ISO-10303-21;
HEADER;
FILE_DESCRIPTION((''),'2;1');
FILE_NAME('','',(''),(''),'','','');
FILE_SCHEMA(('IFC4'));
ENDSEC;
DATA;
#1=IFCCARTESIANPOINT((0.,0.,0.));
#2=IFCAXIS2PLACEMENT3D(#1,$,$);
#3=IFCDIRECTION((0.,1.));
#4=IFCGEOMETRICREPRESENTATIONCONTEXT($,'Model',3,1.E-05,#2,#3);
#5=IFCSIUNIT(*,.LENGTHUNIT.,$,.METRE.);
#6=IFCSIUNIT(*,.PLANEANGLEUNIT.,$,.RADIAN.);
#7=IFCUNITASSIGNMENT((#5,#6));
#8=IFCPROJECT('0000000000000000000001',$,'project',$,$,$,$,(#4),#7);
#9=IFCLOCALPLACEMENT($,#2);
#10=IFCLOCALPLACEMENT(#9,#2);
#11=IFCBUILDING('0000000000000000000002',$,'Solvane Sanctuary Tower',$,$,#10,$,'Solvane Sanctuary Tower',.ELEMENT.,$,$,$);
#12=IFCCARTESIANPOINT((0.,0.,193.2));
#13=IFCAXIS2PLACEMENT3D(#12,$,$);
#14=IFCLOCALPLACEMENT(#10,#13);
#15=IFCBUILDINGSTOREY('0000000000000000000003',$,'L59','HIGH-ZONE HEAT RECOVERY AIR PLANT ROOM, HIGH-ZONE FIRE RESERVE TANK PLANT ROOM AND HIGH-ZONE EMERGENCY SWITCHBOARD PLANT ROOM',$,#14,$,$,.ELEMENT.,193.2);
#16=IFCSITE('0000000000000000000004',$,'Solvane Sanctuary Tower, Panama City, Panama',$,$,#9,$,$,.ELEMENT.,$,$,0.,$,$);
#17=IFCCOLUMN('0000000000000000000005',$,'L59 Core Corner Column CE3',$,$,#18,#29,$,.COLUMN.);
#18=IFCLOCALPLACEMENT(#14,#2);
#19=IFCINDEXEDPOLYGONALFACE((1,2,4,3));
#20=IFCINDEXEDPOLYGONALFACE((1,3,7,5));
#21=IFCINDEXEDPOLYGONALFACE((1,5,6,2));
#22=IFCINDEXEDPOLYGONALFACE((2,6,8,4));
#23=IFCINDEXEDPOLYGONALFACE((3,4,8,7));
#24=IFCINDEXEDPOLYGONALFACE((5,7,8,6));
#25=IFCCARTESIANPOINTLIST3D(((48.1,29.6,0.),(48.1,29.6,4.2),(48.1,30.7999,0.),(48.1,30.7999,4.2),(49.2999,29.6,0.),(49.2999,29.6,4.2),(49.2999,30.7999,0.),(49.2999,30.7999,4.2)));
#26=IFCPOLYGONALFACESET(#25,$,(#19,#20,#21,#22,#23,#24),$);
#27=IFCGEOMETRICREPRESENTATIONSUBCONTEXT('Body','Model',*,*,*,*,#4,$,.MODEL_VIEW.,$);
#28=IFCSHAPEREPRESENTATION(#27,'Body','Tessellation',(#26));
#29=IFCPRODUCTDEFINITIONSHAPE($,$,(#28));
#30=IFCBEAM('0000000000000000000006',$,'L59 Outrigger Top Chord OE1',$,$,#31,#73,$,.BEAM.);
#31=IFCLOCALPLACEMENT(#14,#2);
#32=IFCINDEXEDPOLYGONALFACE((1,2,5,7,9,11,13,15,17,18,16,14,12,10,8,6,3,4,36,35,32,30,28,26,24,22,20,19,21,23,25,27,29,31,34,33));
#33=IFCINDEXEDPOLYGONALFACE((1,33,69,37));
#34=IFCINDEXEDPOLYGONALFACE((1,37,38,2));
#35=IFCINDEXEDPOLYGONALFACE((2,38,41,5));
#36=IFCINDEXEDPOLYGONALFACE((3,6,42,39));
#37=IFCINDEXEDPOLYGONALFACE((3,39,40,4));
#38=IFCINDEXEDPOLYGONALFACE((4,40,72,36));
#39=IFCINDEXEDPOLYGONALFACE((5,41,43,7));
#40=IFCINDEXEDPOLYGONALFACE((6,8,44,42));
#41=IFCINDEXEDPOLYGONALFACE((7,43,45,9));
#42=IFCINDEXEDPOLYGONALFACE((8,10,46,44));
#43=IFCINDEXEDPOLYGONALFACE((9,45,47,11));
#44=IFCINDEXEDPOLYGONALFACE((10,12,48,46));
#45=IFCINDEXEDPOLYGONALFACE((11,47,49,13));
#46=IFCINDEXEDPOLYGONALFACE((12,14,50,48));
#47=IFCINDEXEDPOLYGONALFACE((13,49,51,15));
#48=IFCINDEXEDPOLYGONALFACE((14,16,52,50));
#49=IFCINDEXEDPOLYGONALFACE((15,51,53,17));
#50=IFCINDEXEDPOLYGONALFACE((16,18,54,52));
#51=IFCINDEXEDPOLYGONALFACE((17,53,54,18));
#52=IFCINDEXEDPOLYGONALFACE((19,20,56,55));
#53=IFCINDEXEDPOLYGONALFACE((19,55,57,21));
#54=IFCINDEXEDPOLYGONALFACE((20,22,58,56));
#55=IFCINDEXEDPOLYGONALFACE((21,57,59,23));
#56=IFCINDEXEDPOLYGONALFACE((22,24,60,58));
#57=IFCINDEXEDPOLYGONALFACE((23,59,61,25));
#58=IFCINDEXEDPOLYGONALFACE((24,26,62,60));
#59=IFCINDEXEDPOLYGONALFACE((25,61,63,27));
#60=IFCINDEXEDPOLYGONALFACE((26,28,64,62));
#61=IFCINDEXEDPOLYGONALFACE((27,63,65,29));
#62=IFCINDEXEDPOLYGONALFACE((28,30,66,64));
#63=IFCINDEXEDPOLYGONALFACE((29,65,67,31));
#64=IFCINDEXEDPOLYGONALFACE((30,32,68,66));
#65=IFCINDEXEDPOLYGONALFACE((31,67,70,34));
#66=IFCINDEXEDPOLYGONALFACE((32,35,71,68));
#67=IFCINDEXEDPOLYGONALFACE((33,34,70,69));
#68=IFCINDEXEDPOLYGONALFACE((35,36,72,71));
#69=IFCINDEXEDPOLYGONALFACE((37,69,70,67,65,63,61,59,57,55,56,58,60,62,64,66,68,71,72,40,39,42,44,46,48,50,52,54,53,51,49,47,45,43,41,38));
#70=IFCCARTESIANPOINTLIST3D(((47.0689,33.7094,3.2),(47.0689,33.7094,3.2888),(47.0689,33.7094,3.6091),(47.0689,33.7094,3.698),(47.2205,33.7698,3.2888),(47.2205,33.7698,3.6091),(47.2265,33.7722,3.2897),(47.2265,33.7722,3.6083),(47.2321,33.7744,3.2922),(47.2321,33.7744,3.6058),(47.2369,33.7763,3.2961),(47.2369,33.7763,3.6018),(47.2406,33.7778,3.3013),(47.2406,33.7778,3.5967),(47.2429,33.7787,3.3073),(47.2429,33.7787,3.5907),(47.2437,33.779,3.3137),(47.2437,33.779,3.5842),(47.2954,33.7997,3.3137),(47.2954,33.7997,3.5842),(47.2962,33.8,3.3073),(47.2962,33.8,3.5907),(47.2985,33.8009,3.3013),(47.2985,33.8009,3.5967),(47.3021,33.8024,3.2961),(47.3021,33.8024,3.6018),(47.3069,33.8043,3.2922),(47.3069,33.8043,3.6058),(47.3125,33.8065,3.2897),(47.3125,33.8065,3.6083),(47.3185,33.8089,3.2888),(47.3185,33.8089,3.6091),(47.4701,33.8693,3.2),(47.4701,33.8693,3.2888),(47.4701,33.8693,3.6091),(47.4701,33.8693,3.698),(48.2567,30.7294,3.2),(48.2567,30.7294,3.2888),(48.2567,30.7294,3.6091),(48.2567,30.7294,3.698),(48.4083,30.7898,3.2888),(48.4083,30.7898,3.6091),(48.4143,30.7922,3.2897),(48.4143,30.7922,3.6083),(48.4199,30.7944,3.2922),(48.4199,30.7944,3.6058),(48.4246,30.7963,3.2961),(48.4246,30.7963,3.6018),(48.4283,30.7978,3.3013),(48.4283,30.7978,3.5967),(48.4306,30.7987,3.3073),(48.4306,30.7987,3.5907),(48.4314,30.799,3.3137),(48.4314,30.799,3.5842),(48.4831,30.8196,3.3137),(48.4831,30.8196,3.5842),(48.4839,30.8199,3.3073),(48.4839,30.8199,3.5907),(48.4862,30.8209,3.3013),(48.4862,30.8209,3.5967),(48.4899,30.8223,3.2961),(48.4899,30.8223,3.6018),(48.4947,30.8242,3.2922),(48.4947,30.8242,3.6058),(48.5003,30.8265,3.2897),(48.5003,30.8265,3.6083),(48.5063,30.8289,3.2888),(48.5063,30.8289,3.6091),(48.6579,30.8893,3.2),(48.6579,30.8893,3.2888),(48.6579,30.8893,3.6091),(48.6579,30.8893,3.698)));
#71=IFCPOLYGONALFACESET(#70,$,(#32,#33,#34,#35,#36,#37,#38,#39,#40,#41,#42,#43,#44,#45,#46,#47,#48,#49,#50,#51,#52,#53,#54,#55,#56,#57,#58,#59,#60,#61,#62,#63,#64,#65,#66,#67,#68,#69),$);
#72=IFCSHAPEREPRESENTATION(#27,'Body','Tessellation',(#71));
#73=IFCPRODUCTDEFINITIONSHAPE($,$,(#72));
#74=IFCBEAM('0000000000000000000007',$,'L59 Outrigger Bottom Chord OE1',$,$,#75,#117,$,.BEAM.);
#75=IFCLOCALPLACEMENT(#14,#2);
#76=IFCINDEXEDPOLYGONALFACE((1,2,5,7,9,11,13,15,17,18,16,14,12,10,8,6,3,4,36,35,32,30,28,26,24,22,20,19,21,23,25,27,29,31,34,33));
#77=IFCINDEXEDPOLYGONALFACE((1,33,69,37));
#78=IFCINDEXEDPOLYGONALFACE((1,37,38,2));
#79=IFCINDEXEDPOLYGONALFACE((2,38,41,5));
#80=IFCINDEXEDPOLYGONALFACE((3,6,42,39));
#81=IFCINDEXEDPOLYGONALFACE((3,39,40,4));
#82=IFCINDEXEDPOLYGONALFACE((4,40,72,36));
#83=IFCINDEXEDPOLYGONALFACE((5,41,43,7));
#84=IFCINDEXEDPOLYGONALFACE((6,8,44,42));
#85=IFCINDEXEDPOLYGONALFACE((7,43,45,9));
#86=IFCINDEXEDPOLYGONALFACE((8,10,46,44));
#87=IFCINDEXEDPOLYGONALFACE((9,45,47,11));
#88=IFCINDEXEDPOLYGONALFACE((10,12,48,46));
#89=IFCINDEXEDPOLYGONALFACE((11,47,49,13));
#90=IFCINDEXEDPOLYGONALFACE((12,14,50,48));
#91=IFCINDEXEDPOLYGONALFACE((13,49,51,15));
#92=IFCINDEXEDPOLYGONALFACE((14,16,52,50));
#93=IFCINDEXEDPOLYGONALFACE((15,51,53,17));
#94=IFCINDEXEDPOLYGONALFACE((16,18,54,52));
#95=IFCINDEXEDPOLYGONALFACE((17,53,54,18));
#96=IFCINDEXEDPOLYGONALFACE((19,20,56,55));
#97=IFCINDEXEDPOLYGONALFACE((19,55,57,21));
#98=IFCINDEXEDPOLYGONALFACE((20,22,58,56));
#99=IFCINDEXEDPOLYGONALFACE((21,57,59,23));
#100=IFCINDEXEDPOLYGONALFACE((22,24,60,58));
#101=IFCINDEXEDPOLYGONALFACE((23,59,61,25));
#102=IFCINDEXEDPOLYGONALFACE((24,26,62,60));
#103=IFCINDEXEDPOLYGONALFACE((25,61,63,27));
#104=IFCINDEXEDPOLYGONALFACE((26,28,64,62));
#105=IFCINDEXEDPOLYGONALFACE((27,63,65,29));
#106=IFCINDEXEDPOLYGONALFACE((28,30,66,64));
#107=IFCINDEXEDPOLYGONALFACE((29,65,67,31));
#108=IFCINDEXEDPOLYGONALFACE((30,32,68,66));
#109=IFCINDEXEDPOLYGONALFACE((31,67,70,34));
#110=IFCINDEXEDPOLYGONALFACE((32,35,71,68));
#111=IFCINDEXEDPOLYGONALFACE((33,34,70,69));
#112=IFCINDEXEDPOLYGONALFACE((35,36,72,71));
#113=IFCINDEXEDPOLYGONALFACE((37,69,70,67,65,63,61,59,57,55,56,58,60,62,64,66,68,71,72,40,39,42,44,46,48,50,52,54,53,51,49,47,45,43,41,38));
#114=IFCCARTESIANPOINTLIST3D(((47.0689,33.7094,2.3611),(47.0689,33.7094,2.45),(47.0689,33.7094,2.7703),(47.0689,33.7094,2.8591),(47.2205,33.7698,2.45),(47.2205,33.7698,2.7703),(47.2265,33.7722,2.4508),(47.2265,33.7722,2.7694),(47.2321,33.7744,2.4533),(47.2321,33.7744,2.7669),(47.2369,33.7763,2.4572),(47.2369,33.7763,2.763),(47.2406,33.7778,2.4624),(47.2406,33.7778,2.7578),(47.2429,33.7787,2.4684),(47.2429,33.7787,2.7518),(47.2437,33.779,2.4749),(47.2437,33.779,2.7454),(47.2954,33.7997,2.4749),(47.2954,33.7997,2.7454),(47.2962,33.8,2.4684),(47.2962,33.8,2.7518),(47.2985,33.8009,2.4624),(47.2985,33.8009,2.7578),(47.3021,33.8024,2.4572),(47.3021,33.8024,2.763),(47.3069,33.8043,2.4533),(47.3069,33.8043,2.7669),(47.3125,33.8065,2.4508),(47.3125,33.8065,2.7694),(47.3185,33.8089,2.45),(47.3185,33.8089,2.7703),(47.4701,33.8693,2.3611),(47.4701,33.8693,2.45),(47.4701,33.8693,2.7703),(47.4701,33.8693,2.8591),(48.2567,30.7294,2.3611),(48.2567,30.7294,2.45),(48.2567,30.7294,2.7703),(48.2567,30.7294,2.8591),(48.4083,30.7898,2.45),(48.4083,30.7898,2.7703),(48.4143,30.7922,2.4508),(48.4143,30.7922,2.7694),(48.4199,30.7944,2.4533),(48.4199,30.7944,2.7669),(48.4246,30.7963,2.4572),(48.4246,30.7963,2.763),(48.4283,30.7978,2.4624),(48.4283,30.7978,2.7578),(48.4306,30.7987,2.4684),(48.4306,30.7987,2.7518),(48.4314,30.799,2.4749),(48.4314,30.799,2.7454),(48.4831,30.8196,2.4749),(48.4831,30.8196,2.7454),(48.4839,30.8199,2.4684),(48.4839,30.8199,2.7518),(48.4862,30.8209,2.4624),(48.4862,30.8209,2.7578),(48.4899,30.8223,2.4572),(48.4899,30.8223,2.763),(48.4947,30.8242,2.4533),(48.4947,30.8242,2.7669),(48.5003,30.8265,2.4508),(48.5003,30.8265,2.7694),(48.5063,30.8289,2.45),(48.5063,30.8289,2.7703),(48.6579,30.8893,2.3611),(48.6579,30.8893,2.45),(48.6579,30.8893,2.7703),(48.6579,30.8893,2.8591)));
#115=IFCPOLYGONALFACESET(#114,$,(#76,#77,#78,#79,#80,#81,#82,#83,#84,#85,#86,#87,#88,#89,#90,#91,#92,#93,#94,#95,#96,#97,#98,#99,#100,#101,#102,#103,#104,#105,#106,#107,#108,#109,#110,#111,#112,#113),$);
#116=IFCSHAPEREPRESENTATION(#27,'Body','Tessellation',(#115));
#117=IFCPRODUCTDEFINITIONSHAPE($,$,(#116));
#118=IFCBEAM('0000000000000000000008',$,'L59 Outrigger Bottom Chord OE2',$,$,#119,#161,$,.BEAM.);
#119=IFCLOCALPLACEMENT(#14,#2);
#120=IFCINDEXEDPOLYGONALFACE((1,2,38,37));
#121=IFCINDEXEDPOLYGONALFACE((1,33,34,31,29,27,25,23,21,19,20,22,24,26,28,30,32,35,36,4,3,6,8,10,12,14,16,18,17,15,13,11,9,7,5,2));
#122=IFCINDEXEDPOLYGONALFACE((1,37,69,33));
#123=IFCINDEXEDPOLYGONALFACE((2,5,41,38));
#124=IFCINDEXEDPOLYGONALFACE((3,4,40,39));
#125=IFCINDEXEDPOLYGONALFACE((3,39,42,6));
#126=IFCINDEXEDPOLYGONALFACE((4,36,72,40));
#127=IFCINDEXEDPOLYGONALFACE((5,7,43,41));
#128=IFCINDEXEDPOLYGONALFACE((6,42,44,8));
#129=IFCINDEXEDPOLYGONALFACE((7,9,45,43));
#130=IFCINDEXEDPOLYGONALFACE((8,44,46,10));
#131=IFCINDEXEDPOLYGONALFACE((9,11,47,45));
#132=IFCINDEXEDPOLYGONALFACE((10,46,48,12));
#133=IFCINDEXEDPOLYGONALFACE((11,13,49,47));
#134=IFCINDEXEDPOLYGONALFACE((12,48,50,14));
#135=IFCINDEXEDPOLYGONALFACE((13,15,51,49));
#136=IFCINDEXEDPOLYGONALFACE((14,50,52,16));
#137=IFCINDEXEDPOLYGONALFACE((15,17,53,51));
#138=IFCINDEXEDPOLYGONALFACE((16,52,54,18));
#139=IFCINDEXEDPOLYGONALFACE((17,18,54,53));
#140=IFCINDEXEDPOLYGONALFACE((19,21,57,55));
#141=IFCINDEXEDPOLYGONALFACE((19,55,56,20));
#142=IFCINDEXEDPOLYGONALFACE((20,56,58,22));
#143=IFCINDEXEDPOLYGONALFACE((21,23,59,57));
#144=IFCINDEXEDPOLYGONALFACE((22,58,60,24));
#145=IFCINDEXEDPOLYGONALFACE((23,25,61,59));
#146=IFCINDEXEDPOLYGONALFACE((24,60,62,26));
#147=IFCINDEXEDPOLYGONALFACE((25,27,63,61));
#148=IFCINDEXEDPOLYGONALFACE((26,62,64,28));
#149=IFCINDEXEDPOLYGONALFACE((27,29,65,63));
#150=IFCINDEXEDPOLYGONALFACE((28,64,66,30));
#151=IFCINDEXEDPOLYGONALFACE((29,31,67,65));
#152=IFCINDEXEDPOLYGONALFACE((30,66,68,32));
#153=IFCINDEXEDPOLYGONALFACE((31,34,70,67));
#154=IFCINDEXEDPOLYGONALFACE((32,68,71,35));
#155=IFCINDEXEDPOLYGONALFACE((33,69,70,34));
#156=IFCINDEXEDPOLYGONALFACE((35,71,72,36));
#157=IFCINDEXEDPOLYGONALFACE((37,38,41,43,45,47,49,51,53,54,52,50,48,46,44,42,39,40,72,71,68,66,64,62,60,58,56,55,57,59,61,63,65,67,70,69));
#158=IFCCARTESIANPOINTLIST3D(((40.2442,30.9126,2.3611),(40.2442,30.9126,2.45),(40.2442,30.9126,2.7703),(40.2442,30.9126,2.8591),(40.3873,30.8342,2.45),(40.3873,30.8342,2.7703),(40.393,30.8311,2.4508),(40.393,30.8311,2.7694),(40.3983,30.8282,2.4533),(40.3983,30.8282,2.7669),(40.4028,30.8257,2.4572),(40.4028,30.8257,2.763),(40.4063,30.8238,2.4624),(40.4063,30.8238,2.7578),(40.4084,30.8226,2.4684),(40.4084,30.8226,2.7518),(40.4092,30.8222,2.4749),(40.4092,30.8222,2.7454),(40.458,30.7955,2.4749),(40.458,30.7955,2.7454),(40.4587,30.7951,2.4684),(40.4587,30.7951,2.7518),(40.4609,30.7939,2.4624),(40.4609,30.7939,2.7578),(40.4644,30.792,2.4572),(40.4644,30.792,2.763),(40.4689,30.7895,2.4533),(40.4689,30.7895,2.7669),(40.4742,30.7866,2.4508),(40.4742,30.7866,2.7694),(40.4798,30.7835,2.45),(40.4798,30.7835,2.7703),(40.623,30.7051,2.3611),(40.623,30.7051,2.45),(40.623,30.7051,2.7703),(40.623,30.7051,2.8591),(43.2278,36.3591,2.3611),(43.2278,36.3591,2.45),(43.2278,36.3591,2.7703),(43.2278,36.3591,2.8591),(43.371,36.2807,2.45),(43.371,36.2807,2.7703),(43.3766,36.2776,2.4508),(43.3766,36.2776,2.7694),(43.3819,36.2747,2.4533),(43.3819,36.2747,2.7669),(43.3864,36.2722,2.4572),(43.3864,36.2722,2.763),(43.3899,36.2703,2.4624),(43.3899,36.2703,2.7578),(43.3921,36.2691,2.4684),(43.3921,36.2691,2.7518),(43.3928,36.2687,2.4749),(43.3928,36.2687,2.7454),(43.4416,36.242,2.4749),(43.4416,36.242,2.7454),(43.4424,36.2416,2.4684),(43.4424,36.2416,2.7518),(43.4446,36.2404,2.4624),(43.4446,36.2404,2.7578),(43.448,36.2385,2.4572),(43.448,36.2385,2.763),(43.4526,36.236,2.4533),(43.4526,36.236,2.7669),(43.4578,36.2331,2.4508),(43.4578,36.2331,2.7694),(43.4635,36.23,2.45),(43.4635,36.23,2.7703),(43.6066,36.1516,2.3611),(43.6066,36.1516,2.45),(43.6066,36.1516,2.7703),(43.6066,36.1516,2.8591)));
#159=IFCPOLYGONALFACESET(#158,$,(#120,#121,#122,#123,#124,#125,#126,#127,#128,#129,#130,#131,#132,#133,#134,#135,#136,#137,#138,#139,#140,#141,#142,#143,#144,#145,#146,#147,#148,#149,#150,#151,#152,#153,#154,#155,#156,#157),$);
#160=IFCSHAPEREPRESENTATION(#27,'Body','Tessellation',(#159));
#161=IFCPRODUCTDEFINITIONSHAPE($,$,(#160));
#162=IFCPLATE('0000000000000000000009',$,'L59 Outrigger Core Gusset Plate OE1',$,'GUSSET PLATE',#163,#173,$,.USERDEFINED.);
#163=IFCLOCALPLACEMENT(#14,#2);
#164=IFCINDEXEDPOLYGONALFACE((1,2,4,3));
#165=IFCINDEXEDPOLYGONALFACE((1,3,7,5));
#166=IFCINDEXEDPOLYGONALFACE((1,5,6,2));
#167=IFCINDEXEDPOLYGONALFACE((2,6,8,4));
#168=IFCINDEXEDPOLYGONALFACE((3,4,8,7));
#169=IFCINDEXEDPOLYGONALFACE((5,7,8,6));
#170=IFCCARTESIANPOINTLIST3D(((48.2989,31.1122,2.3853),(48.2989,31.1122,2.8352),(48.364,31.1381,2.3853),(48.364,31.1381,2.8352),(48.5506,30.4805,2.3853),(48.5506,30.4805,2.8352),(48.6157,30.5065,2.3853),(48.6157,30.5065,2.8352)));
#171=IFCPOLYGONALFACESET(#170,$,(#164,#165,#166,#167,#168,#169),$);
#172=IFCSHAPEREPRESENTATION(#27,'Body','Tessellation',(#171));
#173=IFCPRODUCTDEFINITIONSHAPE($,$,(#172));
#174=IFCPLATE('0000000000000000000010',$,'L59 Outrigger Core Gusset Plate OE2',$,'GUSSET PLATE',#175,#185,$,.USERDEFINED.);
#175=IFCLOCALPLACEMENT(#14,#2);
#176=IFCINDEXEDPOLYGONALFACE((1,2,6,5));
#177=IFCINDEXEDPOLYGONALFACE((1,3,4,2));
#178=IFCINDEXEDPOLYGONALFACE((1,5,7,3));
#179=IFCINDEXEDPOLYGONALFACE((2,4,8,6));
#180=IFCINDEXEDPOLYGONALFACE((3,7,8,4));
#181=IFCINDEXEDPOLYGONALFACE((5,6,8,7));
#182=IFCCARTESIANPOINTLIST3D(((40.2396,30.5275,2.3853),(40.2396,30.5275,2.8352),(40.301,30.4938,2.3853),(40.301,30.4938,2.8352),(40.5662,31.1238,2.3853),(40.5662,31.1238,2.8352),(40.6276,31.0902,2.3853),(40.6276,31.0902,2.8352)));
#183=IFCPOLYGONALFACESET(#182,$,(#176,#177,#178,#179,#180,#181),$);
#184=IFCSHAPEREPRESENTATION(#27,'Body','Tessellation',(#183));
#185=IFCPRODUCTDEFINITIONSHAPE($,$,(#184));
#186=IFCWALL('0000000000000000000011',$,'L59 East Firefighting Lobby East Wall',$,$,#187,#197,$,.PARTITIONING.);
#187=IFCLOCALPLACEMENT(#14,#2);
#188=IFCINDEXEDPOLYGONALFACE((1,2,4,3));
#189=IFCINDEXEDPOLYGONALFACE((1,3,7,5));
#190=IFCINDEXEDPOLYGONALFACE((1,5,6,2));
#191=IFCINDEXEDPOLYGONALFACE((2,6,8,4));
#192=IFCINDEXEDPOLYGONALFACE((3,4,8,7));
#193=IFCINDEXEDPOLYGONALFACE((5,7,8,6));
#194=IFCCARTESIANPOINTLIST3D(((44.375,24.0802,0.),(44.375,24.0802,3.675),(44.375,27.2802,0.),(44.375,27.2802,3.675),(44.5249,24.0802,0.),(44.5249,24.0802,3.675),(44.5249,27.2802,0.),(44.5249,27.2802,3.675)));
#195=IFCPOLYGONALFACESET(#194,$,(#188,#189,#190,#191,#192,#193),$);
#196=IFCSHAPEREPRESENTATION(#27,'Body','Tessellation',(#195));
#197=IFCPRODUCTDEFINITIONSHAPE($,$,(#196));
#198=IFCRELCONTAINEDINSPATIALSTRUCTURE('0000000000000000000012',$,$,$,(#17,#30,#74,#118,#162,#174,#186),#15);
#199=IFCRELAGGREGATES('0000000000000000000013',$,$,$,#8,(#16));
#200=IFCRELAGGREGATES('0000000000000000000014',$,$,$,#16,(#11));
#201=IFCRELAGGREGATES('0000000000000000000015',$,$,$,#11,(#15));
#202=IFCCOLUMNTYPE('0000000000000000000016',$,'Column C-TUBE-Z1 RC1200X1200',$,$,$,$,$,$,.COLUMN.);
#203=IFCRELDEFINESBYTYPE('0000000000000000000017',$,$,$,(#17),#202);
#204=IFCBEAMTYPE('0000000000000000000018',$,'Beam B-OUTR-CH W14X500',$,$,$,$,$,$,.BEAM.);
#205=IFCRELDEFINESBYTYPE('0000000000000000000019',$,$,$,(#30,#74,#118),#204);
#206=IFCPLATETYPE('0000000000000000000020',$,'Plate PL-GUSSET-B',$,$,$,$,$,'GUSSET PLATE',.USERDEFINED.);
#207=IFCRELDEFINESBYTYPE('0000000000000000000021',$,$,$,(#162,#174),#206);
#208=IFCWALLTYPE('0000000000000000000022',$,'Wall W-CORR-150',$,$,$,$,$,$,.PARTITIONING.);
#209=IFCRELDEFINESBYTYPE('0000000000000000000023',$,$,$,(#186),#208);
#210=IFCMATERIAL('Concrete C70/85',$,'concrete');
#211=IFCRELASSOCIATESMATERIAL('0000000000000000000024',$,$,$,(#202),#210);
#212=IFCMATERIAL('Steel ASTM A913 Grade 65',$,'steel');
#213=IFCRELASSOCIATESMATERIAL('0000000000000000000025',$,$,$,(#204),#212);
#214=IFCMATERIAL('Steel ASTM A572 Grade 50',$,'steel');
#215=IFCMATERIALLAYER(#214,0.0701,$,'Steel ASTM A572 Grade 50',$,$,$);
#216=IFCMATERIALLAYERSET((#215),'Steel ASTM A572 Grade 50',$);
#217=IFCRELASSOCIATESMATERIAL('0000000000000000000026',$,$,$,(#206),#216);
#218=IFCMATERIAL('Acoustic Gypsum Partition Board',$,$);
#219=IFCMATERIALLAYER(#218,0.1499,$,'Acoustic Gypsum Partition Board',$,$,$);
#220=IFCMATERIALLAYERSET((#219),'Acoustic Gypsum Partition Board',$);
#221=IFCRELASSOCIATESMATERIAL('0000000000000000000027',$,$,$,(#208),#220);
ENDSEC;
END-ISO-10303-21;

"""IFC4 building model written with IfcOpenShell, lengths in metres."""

from ifc_helpers import new_model, si_unit, direction, frame, frame_2d, origin, origin_2d, place, context, subcontext, project, spatial, rectangle, i_section, extrude, material, layer, layer_set, material_profile, profile_set, type_object, element, save


model = new_model("IFC4")

# Units and contexts
model_context = context("Model", 3, precision=1e-05, world=origin(), true_north=direction((0.0, 1.0)))
body_context = subcontext(model_context, "Body", "Model", "MODEL_VIEW")
ifc_project = project(units=[si_unit("LENGTHUNIT", "METRE"), si_unit("PLANEANGLEUNIT", "RADIAN")], contexts=[model_context])

# Site, building, storey
site_placement = place(None, origin())
site = spatial("IfcSite", under=ifc_project, at=site_placement, Name="Solvane Sanctuary Tower, Panama City, Panama", CompositionType="ELEMENT", RefElevation=0.0)
building_placement = place(site_placement, origin())
building = spatial("IfcBuilding", under=site, at=building_placement, Name="Solvane Sanctuary Tower", LongName="Solvane Sanctuary Tower", CompositionType="ELEMENT")
storey_placement = place(building_placement, frame((0.0, 0.0, 193.2)))
storey = spatial("IfcBuildingStorey", under=building, at=storey_placement, Name="L59", Description="HIGH-ZONE HEAT RECOVERY AIR PLANT ROOM, HIGH-ZONE FIRE RESERVE TANK PLANT ROOM AND HIGH-ZONE EMERGENCY SWITCHBOARD PLANT ROOM", CompositionType="ELEMENT", Elevation=193.2)

# Column
ifc_material_1 = material(Name="Concrete C70/85", Category="concrete")
ifc_material_profile_1 = material_profile(ifc_material_1, rectangle(XDim=1.2, YDim=1.2, at=origin_2d()), Name="RC1200X1200")
ifc_profile_set_1 = profile_set([ifc_material_profile_1], Name="Concrete C70/85")
column_type = type_object("IfcColumnType", Name="Column C-TUBE-Z1 RC1200X1200", PredefinedType="COLUMN", material=ifc_profile_set_1)
column_placement = place(storey_placement, frame((48.7, 30.2, 0.0), z_axis=(0.0, 0.0, 1.0), x_axis=(1.0, 0.0, 0.0)))
element("IfcColumn", 1, at=column_placement, inside=storey, type_object=column_type, Name="L59 Core Corner Column CE3", PredefinedType="COLUMN", context=body_context, shape_type="SweptSolid", body=[
    extrude(rectangle(XDim=1.2, YDim=1.2, at=origin_2d()), origin(), (0.0, 0.0, 1.0), 4.2),
])

# Beams
ifc_material_2 = material(Name="Steel ASTM A913 Grade 65", Category="steel")
ifc_material_profile_2 = material_profile(ifc_material_2, i_section(OverallWidth=0.4319, OverallDepth=0.498, WebThickness=0.0557, FlangeThickness=0.0889, FilletRadius=0.0249, at=origin_2d()), Name="W14X500")
ifc_profile_set_2 = profile_set([ifc_material_profile_2], Name="Steel ASTM A913 Grade 65")
beam_type = type_object("IfcBeamType", Name="Beam B-OUTR-CH W14X500", PredefinedType="BEAM", material=ifc_profile_set_2)
for number, where, z_axis, x_axis, name in (
    (2, (48.4573, 30.8093, 3.449), (-0.370249, 0.928933, 0.0), (-0.928933, -0.370249, 0.0), "L59 Outrigger Top Chord OE1"),
    (3, (48.4573, 30.8093, 2.6101), (-0.370249, 0.928933, 0.0), (-0.928933, -0.370249, 0.0), "L59 Outrigger Bottom Chord OE1"),
):
    element("IfcBeam", number, at=place(storey_placement, frame(where, z_axis=z_axis, x_axis=x_axis)), inside=storey, type_object=beam_type, Name=name, PredefinedType="BEAM", context=body_context, shape_type="SweptSolid", body=[
        extrude(i_section(OverallWidth=0.4319, OverallDepth=0.498, WebThickness=0.0557, FlangeThickness=0.0889, FilletRadius=0.0249, at=origin_2d()), origin(), (0.0, 0.0, 1.0), 3.208),
    ])
beam_placement = place(storey_placement, frame((40.4336, 30.8088, 2.6101), z_axis=(0.480441, 0.877027, 0.0), x_axis=(-0.877027, 0.480441, 0.0)))
element("IfcBeam", 4, at=beam_placement, inside=storey, type_object=beam_type, Name="L59 Outrigger Bottom Chord OE2", PredefinedType="BEAM", context=body_context, shape_type="SweptSolid", body=[
    extrude(i_section(OverallWidth=0.4319, OverallDepth=0.498, WebThickness=0.0557, FlangeThickness=0.0889, FilletRadius=0.0249, at=origin_2d()), origin(), (0.0, 0.0, 1.0), 6.2102),
])

# Plates
ifc_material_3 = material(Name="Steel ASTM A572 Grade 50", Category="steel")
ifc_layer_1 = layer(ifc_material_3, 0.0701, Name="Steel ASTM A572 Grade 50")
ifc_layer_set_1 = layer_set([ifc_layer_1], Name="Steel ASTM A572 Grade 50")
plate_type = type_object("IfcPlateType", Name="Plate PL-GUSSET-B", ElementType="GUSSET PLATE", PredefinedType="USERDEFINED", material=ifc_layer_set_1)
for number, where, z_axis, x_axis, name in (
    (5, (48.4573, 30.8093, 2.3853), (0.0, 0.0, 1.0), (-0.370233, 0.928939, 0.0), "L59 Outrigger Core Gusset Plate OE1"),
    (6, (40.4336, 30.8088, 2.3853), (0.0, 0.0, 1.0), (0.480377, 0.877062, 0.0), "L59 Outrigger Core Gusset Plate OE2"),
):
    element("IfcPlate", number, at=place(storey_placement, frame(where, z_axis=z_axis, x_axis=x_axis)), inside=storey, type_object=plate_type, Name=name, ObjectType="GUSSET PLATE", PredefinedType="USERDEFINED", context=body_context, shape_type="SweptSolid", body=[
        extrude(rectangle(XDim=0.6799, YDim=0.0701, at=origin_2d()), origin(), (0.0, 0.0, 1.0), 0.45),
    ])

# Wall
ifc_material_4 = material(Name="Acoustic Gypsum Partition Board")
ifc_layer_2 = layer(ifc_material_4, 0.1499, Name="Acoustic Gypsum Partition Board")
ifc_layer_set_2 = layer_set([ifc_layer_2], Name="Acoustic Gypsum Partition Board")
wall_type_1 = type_object("IfcWallType", Name="Wall W-CORR-150", PredefinedType="PARTITIONING", material=ifc_layer_set_2)
wall_1_placement = place(storey_placement, frame((44.45, 24.0801, 0.0), z_axis=(0.0, 0.0, 1.0), x_axis=(0.0, 1.0, 0.0)))
element("IfcWall", 7, at=wall_1_placement, inside=storey, type_object=wall_type_1, Name="L59 East Firefighting Lobby East Wall", PredefinedType="PARTITIONING", context=body_context, shape_type="SweptSolid", body=[
    extrude(rectangle(XDim=3.2, YDim=0.1499, at=frame_2d((1.6001, 0.0))), origin(), (0.0, 0.0, 1.0), 3.675),
])

save(model, "model.ifc")
